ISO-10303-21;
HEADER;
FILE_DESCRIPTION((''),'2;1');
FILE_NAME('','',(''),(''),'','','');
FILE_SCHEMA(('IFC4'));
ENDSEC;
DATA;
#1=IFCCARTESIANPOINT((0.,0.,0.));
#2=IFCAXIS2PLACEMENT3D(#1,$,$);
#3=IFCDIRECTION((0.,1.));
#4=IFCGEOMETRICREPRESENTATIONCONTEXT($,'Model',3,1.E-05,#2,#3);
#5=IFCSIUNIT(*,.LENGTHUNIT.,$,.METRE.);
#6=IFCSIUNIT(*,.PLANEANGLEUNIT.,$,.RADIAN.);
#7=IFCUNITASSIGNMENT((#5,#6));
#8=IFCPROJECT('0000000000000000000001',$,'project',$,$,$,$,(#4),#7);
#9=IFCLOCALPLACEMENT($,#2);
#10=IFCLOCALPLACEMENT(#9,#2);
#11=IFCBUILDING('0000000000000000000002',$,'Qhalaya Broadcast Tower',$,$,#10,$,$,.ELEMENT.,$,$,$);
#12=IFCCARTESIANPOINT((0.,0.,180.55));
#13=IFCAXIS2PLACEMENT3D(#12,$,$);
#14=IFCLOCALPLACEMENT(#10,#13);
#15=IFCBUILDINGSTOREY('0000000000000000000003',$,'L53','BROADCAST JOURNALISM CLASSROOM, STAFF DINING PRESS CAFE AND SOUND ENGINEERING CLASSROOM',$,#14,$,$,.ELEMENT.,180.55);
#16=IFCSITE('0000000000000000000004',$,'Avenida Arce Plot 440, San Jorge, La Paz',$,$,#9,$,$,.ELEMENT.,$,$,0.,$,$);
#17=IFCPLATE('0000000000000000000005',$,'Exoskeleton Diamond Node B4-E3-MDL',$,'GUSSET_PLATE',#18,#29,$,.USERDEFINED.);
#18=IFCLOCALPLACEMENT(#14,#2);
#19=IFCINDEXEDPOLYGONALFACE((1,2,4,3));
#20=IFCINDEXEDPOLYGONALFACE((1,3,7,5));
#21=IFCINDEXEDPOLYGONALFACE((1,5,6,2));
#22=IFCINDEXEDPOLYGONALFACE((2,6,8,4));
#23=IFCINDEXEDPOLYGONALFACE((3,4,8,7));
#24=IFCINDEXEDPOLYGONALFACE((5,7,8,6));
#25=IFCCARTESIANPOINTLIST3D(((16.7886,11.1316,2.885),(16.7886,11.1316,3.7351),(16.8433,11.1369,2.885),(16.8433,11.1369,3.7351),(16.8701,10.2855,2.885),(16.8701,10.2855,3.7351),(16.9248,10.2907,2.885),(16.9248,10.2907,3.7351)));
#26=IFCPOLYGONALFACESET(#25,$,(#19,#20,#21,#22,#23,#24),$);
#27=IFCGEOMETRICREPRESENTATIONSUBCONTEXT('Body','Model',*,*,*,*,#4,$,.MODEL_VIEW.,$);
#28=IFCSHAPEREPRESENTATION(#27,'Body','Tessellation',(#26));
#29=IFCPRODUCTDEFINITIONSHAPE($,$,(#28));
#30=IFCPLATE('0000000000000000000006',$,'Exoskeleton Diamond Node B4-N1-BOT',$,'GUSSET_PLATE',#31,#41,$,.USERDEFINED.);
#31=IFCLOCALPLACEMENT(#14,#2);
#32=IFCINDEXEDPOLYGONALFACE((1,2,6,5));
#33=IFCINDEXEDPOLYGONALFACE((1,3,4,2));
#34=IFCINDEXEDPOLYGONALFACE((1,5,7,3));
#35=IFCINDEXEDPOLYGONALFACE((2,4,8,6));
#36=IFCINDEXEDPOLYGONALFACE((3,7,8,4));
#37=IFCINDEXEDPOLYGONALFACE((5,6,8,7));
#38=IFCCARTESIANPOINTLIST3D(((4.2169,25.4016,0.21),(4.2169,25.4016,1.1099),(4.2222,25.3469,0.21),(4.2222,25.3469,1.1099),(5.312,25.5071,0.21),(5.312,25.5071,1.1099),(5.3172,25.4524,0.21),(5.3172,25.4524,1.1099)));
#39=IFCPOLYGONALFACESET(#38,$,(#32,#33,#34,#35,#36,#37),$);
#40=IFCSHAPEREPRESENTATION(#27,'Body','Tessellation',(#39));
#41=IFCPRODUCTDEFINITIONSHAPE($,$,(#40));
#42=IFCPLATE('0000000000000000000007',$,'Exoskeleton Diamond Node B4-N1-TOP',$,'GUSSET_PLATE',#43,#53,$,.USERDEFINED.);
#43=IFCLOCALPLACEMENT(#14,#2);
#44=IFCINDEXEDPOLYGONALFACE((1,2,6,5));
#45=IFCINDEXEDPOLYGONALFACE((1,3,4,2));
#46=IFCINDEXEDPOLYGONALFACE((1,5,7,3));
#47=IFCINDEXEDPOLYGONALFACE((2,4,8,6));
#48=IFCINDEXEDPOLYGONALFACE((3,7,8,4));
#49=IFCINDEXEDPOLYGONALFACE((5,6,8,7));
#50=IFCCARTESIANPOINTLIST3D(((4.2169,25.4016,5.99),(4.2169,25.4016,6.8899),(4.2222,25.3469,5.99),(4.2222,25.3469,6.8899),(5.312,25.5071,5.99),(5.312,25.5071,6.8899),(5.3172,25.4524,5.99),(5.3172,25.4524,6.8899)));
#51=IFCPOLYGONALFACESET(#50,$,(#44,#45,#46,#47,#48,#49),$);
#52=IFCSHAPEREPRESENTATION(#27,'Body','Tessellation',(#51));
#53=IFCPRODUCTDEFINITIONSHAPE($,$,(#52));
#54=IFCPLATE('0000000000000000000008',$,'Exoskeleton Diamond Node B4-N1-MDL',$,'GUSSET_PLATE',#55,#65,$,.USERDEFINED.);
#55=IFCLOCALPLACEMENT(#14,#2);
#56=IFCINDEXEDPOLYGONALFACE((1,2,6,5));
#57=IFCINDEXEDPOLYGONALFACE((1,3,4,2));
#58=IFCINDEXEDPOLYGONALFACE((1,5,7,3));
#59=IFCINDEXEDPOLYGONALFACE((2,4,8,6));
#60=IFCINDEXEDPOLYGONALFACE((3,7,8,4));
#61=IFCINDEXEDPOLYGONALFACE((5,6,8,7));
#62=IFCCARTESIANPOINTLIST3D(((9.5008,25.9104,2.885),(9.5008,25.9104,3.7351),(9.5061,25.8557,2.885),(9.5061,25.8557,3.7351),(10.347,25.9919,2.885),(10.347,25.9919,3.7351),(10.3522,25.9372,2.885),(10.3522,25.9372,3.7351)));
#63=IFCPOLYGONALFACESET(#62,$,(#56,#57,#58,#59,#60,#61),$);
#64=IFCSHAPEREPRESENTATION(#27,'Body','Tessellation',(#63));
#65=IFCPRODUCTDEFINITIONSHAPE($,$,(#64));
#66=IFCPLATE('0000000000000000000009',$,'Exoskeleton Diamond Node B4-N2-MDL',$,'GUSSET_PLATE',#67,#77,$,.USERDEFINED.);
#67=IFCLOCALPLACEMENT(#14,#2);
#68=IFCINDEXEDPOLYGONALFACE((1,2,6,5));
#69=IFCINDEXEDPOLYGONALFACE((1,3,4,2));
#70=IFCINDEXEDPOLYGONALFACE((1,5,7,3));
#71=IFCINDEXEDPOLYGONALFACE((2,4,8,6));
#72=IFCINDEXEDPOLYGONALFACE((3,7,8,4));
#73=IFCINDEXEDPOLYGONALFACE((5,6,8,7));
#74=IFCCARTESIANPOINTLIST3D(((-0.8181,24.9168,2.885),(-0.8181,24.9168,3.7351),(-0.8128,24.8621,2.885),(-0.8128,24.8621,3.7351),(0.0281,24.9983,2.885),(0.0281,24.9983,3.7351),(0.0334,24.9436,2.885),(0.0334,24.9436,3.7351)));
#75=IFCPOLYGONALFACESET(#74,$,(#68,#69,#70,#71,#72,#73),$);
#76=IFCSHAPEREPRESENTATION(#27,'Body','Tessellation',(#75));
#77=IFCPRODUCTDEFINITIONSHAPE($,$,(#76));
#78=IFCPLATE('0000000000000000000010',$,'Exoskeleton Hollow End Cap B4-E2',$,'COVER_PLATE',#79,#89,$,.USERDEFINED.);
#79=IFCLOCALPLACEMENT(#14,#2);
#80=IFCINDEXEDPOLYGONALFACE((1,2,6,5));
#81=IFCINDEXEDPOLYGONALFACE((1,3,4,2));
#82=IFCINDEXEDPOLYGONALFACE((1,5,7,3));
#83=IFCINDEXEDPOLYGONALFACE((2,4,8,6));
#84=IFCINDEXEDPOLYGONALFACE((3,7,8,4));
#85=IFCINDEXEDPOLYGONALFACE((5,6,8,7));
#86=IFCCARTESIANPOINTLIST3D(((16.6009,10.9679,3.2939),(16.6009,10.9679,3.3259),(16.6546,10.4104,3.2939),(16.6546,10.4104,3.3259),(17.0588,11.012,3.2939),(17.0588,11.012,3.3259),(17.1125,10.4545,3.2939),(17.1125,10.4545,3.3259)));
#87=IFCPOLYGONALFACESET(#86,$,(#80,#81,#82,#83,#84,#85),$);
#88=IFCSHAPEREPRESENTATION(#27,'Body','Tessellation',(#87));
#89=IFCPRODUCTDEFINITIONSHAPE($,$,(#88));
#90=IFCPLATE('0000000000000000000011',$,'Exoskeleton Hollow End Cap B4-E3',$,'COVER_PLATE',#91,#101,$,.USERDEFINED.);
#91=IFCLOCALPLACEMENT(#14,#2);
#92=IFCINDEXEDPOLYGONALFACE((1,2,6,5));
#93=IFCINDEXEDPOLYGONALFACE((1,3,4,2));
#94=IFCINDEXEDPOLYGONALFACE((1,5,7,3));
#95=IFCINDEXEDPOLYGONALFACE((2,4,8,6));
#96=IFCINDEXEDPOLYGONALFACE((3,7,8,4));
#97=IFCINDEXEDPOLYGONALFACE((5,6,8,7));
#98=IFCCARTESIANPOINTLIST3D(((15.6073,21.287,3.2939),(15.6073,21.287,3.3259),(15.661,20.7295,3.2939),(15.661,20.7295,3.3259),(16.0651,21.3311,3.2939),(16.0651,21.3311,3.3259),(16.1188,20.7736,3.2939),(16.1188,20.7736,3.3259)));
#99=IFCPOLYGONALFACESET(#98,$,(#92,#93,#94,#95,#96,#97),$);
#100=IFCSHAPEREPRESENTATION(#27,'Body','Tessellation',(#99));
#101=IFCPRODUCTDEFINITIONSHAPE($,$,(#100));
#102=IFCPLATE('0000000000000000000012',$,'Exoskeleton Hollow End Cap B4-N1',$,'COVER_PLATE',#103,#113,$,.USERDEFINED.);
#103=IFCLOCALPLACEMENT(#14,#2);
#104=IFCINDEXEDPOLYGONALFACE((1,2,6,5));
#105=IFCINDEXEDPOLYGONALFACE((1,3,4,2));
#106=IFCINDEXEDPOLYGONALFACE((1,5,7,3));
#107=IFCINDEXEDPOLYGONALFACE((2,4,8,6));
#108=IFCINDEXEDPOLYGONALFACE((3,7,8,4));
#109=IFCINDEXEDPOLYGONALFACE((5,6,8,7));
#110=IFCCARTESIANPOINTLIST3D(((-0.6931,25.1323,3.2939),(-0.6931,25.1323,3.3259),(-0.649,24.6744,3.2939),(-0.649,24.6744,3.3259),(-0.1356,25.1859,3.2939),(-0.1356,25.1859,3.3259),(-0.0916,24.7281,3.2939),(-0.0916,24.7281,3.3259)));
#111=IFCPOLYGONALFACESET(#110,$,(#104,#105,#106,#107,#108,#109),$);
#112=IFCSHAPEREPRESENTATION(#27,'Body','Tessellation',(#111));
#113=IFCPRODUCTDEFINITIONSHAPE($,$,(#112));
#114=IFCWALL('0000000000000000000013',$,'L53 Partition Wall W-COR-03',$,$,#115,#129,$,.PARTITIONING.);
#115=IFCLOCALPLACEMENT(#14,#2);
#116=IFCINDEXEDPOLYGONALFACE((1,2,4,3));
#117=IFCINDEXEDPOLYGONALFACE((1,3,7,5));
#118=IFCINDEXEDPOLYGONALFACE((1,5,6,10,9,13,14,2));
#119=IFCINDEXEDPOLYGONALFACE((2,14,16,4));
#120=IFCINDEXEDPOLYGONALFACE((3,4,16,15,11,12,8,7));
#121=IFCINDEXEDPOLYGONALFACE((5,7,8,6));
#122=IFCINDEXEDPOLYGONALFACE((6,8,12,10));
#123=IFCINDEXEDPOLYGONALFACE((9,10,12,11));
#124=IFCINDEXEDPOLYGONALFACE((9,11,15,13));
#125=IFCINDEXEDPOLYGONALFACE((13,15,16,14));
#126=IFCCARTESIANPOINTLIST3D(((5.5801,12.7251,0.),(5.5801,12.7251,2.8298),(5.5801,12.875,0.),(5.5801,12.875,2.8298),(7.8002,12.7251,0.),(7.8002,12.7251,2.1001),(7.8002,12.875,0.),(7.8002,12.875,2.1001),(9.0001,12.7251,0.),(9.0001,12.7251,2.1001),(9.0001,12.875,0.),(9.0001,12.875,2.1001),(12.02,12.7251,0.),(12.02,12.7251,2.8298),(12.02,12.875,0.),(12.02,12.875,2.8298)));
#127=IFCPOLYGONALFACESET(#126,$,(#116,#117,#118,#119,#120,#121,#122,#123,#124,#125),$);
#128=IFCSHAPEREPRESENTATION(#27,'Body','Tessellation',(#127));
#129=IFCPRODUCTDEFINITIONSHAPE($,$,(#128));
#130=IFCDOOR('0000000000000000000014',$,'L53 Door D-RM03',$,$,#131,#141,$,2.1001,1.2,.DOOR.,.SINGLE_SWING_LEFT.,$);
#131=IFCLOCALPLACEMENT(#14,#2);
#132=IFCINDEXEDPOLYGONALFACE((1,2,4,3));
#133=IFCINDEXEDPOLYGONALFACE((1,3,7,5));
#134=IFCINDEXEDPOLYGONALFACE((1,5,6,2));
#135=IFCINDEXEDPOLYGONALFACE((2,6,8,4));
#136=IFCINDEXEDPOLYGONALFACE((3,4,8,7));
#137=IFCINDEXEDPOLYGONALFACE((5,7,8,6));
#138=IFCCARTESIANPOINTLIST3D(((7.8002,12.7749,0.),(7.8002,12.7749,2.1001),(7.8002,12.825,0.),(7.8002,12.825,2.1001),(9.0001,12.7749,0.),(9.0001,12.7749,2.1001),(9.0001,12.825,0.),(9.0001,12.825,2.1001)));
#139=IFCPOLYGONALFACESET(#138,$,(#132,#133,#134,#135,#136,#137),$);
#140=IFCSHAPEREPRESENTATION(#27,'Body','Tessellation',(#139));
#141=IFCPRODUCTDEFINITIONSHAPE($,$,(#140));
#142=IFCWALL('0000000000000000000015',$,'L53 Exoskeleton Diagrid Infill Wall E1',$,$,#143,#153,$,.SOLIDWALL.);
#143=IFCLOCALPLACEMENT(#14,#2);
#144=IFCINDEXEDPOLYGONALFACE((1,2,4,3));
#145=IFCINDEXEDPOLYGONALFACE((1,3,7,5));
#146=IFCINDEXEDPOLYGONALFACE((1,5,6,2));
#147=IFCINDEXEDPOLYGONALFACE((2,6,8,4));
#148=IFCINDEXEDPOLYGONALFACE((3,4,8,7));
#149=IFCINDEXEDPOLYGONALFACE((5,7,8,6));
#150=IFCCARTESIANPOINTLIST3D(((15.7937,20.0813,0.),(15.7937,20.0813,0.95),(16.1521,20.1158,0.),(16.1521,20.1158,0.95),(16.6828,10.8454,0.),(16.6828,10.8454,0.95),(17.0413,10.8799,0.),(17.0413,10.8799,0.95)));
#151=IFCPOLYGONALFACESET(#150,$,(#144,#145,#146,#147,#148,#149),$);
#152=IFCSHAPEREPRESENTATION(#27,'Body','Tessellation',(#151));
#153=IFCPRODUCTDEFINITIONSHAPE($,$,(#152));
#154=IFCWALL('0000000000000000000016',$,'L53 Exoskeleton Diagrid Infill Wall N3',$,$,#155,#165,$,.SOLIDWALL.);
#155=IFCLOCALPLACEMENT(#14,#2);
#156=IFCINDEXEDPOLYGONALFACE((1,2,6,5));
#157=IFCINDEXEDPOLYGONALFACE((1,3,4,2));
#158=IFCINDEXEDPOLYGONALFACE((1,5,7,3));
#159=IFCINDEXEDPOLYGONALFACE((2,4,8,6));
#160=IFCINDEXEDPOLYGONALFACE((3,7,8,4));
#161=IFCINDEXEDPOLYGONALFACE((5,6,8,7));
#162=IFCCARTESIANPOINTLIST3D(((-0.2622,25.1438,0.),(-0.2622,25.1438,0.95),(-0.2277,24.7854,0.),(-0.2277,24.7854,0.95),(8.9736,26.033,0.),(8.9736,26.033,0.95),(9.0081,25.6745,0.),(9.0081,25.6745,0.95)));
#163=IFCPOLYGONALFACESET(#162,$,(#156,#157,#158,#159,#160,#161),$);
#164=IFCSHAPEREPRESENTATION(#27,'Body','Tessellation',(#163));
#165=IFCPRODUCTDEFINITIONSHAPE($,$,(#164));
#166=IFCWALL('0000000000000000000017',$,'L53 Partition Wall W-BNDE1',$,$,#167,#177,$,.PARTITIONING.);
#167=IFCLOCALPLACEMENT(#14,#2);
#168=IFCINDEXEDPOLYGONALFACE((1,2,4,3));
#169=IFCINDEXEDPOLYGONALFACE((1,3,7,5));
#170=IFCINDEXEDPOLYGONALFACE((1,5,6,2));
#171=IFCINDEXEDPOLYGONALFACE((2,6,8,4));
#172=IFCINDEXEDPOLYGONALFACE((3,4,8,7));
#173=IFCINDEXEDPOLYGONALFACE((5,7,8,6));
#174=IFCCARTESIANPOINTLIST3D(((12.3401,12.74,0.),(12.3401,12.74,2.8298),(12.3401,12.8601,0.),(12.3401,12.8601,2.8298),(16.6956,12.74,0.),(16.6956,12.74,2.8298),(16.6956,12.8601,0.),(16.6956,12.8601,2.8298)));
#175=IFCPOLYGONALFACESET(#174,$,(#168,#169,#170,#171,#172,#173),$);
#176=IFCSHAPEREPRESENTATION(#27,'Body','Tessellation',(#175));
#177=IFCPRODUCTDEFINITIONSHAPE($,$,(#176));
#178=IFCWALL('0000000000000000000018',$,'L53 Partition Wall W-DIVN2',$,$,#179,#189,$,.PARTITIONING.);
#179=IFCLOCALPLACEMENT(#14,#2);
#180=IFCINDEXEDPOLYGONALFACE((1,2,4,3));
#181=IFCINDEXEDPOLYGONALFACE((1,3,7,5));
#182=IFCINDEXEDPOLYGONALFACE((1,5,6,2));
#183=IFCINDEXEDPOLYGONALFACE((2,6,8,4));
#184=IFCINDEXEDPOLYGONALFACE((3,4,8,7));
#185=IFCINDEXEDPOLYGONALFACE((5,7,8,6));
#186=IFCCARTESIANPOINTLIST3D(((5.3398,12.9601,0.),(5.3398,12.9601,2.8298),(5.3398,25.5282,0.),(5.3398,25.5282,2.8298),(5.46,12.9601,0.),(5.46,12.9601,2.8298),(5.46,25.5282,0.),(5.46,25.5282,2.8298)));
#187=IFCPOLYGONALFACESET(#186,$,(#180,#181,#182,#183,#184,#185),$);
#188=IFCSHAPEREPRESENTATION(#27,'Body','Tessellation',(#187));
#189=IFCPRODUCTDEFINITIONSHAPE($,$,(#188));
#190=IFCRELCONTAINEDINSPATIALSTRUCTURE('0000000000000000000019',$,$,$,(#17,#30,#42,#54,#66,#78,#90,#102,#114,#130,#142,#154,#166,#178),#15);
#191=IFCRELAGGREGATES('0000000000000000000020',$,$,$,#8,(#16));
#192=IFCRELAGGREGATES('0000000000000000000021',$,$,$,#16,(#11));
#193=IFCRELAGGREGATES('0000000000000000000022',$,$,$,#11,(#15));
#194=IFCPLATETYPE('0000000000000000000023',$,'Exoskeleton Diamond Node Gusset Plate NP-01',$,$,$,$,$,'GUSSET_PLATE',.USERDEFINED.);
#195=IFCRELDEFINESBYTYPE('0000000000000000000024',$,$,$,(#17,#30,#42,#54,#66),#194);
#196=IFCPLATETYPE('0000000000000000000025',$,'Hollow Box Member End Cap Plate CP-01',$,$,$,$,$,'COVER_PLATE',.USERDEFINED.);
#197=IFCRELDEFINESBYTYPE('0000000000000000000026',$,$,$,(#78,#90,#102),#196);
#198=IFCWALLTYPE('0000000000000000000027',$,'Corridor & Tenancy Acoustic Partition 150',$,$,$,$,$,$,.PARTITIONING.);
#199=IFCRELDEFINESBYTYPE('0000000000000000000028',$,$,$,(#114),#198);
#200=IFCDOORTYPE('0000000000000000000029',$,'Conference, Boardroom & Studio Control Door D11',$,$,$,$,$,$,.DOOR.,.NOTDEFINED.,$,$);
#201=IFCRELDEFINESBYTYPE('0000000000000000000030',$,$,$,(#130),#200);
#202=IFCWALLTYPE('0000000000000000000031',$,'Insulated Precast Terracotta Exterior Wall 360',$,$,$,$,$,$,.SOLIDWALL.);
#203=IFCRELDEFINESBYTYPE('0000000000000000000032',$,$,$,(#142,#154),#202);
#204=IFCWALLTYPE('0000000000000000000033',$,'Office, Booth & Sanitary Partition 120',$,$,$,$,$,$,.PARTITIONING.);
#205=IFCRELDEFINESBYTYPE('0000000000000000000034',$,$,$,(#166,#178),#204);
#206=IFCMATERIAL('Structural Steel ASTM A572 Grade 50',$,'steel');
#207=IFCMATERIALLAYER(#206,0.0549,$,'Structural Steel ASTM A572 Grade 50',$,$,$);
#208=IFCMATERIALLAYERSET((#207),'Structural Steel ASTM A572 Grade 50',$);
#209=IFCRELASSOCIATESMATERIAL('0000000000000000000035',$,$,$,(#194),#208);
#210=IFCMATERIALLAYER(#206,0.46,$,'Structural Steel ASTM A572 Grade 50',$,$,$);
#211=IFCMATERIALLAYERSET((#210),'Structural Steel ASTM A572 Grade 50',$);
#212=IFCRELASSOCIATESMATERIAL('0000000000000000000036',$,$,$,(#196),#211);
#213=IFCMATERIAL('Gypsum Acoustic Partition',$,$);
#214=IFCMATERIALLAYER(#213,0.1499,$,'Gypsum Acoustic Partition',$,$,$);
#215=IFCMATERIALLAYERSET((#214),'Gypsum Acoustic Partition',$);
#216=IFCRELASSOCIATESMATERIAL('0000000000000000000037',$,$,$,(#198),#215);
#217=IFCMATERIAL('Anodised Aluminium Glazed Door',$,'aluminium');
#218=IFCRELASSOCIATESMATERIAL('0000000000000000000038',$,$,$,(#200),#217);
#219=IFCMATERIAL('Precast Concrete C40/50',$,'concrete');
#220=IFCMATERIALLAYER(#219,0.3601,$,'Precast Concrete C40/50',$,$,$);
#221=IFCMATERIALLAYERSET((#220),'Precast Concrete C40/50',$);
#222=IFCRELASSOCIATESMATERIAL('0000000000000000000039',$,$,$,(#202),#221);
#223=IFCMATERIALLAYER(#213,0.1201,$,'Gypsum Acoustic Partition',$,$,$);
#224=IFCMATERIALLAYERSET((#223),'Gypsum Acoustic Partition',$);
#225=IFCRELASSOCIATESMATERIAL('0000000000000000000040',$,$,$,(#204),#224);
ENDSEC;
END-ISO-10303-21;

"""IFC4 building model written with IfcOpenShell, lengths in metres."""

from ifc_helpers import new_model, si_unit, direction, frame, frame_2d, origin, origin_2d, place, context, subcontext, project, spatial, rectangle, extrude, material, layer, layer_set, type_object, element, fill, save


model = new_model("IFC4")

# Units and contexts
model_context = context("Model", 3, precision=1e-05, world=origin(), true_north=direction((0.0, 1.0)))
body_context = subcontext(model_context, "Body", "Model", "MODEL_VIEW")
ifc_project = project(units=[si_unit("LENGTHUNIT", "METRE"), si_unit("PLANEANGLEUNIT", "RADIAN")], contexts=[model_context])

# Site, building, storey
site_placement = place(None, origin())
site = spatial("IfcSite", under=ifc_project, at=site_placement, Name="Avenida Arce Plot 440, San Jorge, La Paz", CompositionType="ELEMENT", RefElevation=0.0)
building_placement = place(site_placement, origin())
building = spatial("IfcBuilding", under=site, at=building_placement, Name="Qhalaya Broadcast Tower", CompositionType="ELEMENT")
storey_placement = place(building_placement, frame((0.0, 0.0, 180.55)))
storey = spatial("IfcBuildingStorey", under=building, at=storey_placement, Name="L53", Description="BROADCAST JOURNALISM CLASSROOM, STAFF DINING PRESS CAFE AND SOUND ENGINEERING CLASSROOM", CompositionType="ELEMENT", Elevation=180.55)

# Shared definitions
ifc_material_1 = material(Name="Structural Steel ASTM A572 Grade 50", Category="steel")

# Plates
ifc_layer_1 = layer(ifc_material_1, 0.0549, Name="Structural Steel ASTM A572 Grade 50")
ifc_layer_set_1 = layer_set([ifc_layer_1], Name="Structural Steel ASTM A572 Grade 50")
plate_type_1 = type_object("IfcPlateType", Name="Exoskeleton Diamond Node Gusset Plate NP-01", ElementType="GUSSET_PLATE", PredefinedType="USERDEFINED", material=ifc_layer_set_1)
plate_placement = place(storey_placement, frame((16.8567, 10.7112, 2.885), z_axis=(0.0, 0.0, 1.0), x_axis=(-0.095846, 0.995396, 0.0)))
element("IfcPlate", 1, at=plate_placement, inside=storey, type_object=plate_type_1, Name="Exoskeleton Diamond Node B4-E3-MDL", ObjectType="GUSSET_PLATE", PredefinedType="USERDEFINED", context=body_context, shape_type="SweptSolid", body=[
    extrude(rectangle(XDim=0.8501, YDim=0.0549, at=origin_2d()), origin(), (0.0, 0.0, 1.0), 0.8501),
])
for number, where, z_axis, x_axis, name in (
    (2, (4.7671, 25.427, 0.21), (0.0, 0.0, 1.0), (0.995396, 0.095846, 0.0), "Exoskeleton Diamond Node B4-N1-BOT"),
    (3, (4.7671, 25.427, 5.99), (0.0, 0.0, 1.0), (0.995396, 0.095846, 0.0), "Exoskeleton Diamond Node B4-N1-TOP"),
):
    element("IfcPlate", number, at=place(storey_placement, frame(where, z_axis=z_axis, x_axis=x_axis)), inside=storey, type_object=plate_type_1, Name=name, ObjectType="GUSSET_PLATE", PredefinedType="USERDEFINED", context=body_context, shape_type="SweptSolid", body=[
        extrude(rectangle(XDim=1.1001, YDim=0.0549, at=origin_2d()), origin(), (0.0, 0.0, 1.0), 0.8999),
    ])
for number, where, z_axis, x_axis, name in (
    (4, (9.9265, 25.9238, 2.885), (0.0, 0.0, 1.0), (0.995396, 0.095846, 0.0), "Exoskeleton Diamond Node B4-N1-MDL"),
    (5, (-0.3923, 24.9302, 2.885), (0.0, 0.0, 1.0), (0.995396, 0.095846, 0.0), "Exoskeleton Diamond Node B4-N2-MDL"),
):
    element("IfcPlate", number, at=place(storey_placement, frame(where, z_axis=z_axis, x_axis=x_axis)), inside=storey, type_object=plate_type_1, Name=name, ObjectType="GUSSET_PLATE", PredefinedType="USERDEFINED", context=body_context, shape_type="SweptSolid", body=[
        extrude(rectangle(XDim=0.8501, YDim=0.0549, at=origin_2d()), origin(), (0.0, 0.0, 1.0), 0.8501),
    ])
ifc_layer_2 = layer(ifc_material_1, 0.46, Name="Structural Steel ASTM A572 Grade 50")
ifc_layer_set_2 = layer_set([ifc_layer_2], Name="Structural Steel ASTM A572 Grade 50")
plate_type_2 = type_object("IfcPlateType", Name="Hollow Box Member End Cap Plate CP-01", ElementType="COVER_PLATE", PredefinedType="USERDEFINED", material=ifc_layer_set_2)
for number, where, z_axis, x_axis, name in (
    (6, (16.8567, 10.7112, 3.2939), (0.0, 0.0, 1.0), (-0.095846, 0.995396, 0.0), "Exoskeleton Hollow End Cap B4-E2"),
    (7, (15.863, 21.0303, 3.2939), (0.0, 0.0, 1.0), (-0.095846, 0.995396, 0.0), "Exoskeleton Hollow End Cap B4-E3"),
    (8, (-0.3923, 24.9302, 3.2939), (0.0, 0.0, 1.0), (0.995396, 0.095846, 0.0), "Exoskeleton Hollow End Cap B4-N1"),
):
    element("IfcPlate", number, at=place(storey_placement, frame(where, z_axis=z_axis, x_axis=x_axis)), inside=storey, type_object=plate_type_2, Name=name, ObjectType="COVER_PLATE", PredefinedType="USERDEFINED", context=body_context, shape_type="SweptSolid", body=[
        extrude(rectangle(XDim=0.5601, YDim=0.46, at=origin_2d()), origin(), (0.0, 0.0, 1.0), 0.032),
    ])

# Wall, opening, door
ifc_material_2 = material(Name="Gypsum Acoustic Partition")
ifc_layer_3 = layer(ifc_material_2, 0.1499, Name="Gypsum Acoustic Partition")
ifc_layer_set_3 = layer_set([ifc_layer_3], Name="Gypsum Acoustic Partition")
wall_type_1 = type_object("IfcWallType", Name="Corridor & Tenancy Acoustic Partition 150", PredefinedType="PARTITIONING", material=ifc_layer_set_3)
wall_1_placement = place(storey_placement, frame((5.5801, 12.8, 0.0), z_axis=(0.0, 0.0, 1.0), x_axis=(1.0, 0.0, 0.0)))
wall_1 = element("IfcWall", 9, at=wall_1_placement, inside=storey, type_object=wall_type_1, Name="L53 Partition Wall W-COR-03", PredefinedType="PARTITIONING", context=body_context, shape_type="SweptSolid", body=[
    extrude(rectangle(XDim=6.4399, YDim=0.1499, at=frame_2d((3.22, 0.0))), origin(), (0.0, 0.0, 1.0), 2.8298),
])
opening_placement = place(wall_1_placement, frame((2.22, 0.0, 0.0)))
opening = element("IfcOpeningElement", 10, at=opening_placement, cuts=wall_1, PredefinedType="OPENING", context=body_context, shape_type="SweptSolid", body=[
    extrude(rectangle(XDim=1.2, YDim=2.1001, at=frame_2d((0.6001, 1.05))), frame((0.0, 0.0869, 0.0), z_axis=(0.0, -1.0, 0.0), x_axis=(1.0, 0.0, 0.0)), (0.0, 0.0, 1.0), 0.1738),
])
ifc_material_3 = material(Name="Anodised Aluminium Glazed Door", Category="aluminium")
door_type = type_object("IfcDoorType", Name="Conference, Boardroom & Studio Control Door D11", OperationType="NOTDEFINED", PredefinedType="DOOR", material=ifc_material_3)
door_placement = place(opening_placement, origin())
door = element("IfcDoor", 11, at=door_placement, inside=storey, type_object=door_type, Name="L53 Door D-RM03", OperationType="SINGLE_SWING_LEFT", OverallHeight=2.1001, OverallWidth=1.2, PredefinedType="DOOR", context=body_context, shape_type="SweptSolid", body=[
    extrude(rectangle(XDim=1.2, YDim=2.1001, at=frame_2d((0.6001, 1.05))), frame((0.0, 0.0249, 0.0), z_axis=(0.0, -1.0, 0.0), x_axis=(1.0, 0.0, 0.0)), (0.0, 0.0, 1.0), 0.05),
])
fill(opening, door)

# Walls
ifc_material_4 = material(Name="Precast Concrete C40/50", Category="concrete")
ifc_layer_4 = layer(ifc_material_4, 0.3601, Name="Precast Concrete C40/50")
ifc_layer_set_4 = layer_set([ifc_layer_4], Name="Precast Concrete C40/50")
wall_type_2 = type_object("IfcWallType", Name="Insulated Precast Terracotta Exterior Wall 360", PredefinedType="SOLIDWALL", material=ifc_layer_set_4)
for number, where, z_axis, x_axis, name in (
    (12, (15.9729, 20.0984, 0.0), (0.0, 0.0, 1.0), (0.09583, -0.995398, 0.0), "L53 Exoskeleton Diagrid Infill Wall E1"),
    (13, (-0.2449, 24.9646, 0.0), (0.0, 0.0, 1.0), (0.995398, 0.09583, 0.0), "L53 Exoskeleton Diagrid Infill Wall N3"),
):
    element("IfcWall", number, at=place(storey_placement, frame(where, z_axis=z_axis, x_axis=x_axis)), inside=storey, type_object=wall_type_2, Name=name, PredefinedType="SOLIDWALL", context=body_context, shape_type="SweptSolid", body=[
        extrude(rectangle(XDim=9.2786, YDim=0.3601, at=frame_2d((4.6392, 0.0))), origin(), (0.0, 0.0, 1.0), 0.95),
    ])
ifc_layer_5 = layer(ifc_material_2, 0.1201, Name="Gypsum Acoustic Partition")
ifc_layer_set_5 = layer_set([ifc_layer_5], Name="Gypsum Acoustic Partition")
wall_type_3 = type_object("IfcWallType", Name="Office, Booth & Sanitary Partition 120", PredefinedType="PARTITIONING", material=ifc_layer_set_5)
wall_2_placement = place(storey_placement, frame((12.3401, 12.8, 0.0), z_axis=(0.0, 0.0, 1.0), x_axis=(1.0, 0.0, 0.0)))
element("IfcWall", 14, at=wall_2_placement, inside=storey, type_object=wall_type_3, Name="L53 Partition Wall W-BNDE1", PredefinedType="PARTITIONING", context=body_context, shape_type="SweptSolid", body=[
    extrude(rectangle(XDim=4.3555, YDim=0.1201, at=frame_2d((2.1777, 0.0))), origin(), (0.0, 0.0, 1.0), 2.8298),
])
wall_3_placement = place(storey_placement, frame((5.3999, 12.96, 0.0), z_axis=(0.0, 0.0, 1.0), x_axis=(0.0, 1.0, 0.0)))
element("IfcWall", 15, at=wall_3_placement, inside=storey, type_object=wall_type_3, Name="L53 Partition Wall W-DIVN2", PredefinedType="PARTITIONING", context=body_context, shape_type="SweptSolid", body=[
    extrude(rectangle(XDim=12.5681, YDim=0.1201, at=frame_2d((6.2842, 0.0))), origin(), (0.0, 0.0, 1.0), 2.8298),
])

save(model, "model.ifc")
